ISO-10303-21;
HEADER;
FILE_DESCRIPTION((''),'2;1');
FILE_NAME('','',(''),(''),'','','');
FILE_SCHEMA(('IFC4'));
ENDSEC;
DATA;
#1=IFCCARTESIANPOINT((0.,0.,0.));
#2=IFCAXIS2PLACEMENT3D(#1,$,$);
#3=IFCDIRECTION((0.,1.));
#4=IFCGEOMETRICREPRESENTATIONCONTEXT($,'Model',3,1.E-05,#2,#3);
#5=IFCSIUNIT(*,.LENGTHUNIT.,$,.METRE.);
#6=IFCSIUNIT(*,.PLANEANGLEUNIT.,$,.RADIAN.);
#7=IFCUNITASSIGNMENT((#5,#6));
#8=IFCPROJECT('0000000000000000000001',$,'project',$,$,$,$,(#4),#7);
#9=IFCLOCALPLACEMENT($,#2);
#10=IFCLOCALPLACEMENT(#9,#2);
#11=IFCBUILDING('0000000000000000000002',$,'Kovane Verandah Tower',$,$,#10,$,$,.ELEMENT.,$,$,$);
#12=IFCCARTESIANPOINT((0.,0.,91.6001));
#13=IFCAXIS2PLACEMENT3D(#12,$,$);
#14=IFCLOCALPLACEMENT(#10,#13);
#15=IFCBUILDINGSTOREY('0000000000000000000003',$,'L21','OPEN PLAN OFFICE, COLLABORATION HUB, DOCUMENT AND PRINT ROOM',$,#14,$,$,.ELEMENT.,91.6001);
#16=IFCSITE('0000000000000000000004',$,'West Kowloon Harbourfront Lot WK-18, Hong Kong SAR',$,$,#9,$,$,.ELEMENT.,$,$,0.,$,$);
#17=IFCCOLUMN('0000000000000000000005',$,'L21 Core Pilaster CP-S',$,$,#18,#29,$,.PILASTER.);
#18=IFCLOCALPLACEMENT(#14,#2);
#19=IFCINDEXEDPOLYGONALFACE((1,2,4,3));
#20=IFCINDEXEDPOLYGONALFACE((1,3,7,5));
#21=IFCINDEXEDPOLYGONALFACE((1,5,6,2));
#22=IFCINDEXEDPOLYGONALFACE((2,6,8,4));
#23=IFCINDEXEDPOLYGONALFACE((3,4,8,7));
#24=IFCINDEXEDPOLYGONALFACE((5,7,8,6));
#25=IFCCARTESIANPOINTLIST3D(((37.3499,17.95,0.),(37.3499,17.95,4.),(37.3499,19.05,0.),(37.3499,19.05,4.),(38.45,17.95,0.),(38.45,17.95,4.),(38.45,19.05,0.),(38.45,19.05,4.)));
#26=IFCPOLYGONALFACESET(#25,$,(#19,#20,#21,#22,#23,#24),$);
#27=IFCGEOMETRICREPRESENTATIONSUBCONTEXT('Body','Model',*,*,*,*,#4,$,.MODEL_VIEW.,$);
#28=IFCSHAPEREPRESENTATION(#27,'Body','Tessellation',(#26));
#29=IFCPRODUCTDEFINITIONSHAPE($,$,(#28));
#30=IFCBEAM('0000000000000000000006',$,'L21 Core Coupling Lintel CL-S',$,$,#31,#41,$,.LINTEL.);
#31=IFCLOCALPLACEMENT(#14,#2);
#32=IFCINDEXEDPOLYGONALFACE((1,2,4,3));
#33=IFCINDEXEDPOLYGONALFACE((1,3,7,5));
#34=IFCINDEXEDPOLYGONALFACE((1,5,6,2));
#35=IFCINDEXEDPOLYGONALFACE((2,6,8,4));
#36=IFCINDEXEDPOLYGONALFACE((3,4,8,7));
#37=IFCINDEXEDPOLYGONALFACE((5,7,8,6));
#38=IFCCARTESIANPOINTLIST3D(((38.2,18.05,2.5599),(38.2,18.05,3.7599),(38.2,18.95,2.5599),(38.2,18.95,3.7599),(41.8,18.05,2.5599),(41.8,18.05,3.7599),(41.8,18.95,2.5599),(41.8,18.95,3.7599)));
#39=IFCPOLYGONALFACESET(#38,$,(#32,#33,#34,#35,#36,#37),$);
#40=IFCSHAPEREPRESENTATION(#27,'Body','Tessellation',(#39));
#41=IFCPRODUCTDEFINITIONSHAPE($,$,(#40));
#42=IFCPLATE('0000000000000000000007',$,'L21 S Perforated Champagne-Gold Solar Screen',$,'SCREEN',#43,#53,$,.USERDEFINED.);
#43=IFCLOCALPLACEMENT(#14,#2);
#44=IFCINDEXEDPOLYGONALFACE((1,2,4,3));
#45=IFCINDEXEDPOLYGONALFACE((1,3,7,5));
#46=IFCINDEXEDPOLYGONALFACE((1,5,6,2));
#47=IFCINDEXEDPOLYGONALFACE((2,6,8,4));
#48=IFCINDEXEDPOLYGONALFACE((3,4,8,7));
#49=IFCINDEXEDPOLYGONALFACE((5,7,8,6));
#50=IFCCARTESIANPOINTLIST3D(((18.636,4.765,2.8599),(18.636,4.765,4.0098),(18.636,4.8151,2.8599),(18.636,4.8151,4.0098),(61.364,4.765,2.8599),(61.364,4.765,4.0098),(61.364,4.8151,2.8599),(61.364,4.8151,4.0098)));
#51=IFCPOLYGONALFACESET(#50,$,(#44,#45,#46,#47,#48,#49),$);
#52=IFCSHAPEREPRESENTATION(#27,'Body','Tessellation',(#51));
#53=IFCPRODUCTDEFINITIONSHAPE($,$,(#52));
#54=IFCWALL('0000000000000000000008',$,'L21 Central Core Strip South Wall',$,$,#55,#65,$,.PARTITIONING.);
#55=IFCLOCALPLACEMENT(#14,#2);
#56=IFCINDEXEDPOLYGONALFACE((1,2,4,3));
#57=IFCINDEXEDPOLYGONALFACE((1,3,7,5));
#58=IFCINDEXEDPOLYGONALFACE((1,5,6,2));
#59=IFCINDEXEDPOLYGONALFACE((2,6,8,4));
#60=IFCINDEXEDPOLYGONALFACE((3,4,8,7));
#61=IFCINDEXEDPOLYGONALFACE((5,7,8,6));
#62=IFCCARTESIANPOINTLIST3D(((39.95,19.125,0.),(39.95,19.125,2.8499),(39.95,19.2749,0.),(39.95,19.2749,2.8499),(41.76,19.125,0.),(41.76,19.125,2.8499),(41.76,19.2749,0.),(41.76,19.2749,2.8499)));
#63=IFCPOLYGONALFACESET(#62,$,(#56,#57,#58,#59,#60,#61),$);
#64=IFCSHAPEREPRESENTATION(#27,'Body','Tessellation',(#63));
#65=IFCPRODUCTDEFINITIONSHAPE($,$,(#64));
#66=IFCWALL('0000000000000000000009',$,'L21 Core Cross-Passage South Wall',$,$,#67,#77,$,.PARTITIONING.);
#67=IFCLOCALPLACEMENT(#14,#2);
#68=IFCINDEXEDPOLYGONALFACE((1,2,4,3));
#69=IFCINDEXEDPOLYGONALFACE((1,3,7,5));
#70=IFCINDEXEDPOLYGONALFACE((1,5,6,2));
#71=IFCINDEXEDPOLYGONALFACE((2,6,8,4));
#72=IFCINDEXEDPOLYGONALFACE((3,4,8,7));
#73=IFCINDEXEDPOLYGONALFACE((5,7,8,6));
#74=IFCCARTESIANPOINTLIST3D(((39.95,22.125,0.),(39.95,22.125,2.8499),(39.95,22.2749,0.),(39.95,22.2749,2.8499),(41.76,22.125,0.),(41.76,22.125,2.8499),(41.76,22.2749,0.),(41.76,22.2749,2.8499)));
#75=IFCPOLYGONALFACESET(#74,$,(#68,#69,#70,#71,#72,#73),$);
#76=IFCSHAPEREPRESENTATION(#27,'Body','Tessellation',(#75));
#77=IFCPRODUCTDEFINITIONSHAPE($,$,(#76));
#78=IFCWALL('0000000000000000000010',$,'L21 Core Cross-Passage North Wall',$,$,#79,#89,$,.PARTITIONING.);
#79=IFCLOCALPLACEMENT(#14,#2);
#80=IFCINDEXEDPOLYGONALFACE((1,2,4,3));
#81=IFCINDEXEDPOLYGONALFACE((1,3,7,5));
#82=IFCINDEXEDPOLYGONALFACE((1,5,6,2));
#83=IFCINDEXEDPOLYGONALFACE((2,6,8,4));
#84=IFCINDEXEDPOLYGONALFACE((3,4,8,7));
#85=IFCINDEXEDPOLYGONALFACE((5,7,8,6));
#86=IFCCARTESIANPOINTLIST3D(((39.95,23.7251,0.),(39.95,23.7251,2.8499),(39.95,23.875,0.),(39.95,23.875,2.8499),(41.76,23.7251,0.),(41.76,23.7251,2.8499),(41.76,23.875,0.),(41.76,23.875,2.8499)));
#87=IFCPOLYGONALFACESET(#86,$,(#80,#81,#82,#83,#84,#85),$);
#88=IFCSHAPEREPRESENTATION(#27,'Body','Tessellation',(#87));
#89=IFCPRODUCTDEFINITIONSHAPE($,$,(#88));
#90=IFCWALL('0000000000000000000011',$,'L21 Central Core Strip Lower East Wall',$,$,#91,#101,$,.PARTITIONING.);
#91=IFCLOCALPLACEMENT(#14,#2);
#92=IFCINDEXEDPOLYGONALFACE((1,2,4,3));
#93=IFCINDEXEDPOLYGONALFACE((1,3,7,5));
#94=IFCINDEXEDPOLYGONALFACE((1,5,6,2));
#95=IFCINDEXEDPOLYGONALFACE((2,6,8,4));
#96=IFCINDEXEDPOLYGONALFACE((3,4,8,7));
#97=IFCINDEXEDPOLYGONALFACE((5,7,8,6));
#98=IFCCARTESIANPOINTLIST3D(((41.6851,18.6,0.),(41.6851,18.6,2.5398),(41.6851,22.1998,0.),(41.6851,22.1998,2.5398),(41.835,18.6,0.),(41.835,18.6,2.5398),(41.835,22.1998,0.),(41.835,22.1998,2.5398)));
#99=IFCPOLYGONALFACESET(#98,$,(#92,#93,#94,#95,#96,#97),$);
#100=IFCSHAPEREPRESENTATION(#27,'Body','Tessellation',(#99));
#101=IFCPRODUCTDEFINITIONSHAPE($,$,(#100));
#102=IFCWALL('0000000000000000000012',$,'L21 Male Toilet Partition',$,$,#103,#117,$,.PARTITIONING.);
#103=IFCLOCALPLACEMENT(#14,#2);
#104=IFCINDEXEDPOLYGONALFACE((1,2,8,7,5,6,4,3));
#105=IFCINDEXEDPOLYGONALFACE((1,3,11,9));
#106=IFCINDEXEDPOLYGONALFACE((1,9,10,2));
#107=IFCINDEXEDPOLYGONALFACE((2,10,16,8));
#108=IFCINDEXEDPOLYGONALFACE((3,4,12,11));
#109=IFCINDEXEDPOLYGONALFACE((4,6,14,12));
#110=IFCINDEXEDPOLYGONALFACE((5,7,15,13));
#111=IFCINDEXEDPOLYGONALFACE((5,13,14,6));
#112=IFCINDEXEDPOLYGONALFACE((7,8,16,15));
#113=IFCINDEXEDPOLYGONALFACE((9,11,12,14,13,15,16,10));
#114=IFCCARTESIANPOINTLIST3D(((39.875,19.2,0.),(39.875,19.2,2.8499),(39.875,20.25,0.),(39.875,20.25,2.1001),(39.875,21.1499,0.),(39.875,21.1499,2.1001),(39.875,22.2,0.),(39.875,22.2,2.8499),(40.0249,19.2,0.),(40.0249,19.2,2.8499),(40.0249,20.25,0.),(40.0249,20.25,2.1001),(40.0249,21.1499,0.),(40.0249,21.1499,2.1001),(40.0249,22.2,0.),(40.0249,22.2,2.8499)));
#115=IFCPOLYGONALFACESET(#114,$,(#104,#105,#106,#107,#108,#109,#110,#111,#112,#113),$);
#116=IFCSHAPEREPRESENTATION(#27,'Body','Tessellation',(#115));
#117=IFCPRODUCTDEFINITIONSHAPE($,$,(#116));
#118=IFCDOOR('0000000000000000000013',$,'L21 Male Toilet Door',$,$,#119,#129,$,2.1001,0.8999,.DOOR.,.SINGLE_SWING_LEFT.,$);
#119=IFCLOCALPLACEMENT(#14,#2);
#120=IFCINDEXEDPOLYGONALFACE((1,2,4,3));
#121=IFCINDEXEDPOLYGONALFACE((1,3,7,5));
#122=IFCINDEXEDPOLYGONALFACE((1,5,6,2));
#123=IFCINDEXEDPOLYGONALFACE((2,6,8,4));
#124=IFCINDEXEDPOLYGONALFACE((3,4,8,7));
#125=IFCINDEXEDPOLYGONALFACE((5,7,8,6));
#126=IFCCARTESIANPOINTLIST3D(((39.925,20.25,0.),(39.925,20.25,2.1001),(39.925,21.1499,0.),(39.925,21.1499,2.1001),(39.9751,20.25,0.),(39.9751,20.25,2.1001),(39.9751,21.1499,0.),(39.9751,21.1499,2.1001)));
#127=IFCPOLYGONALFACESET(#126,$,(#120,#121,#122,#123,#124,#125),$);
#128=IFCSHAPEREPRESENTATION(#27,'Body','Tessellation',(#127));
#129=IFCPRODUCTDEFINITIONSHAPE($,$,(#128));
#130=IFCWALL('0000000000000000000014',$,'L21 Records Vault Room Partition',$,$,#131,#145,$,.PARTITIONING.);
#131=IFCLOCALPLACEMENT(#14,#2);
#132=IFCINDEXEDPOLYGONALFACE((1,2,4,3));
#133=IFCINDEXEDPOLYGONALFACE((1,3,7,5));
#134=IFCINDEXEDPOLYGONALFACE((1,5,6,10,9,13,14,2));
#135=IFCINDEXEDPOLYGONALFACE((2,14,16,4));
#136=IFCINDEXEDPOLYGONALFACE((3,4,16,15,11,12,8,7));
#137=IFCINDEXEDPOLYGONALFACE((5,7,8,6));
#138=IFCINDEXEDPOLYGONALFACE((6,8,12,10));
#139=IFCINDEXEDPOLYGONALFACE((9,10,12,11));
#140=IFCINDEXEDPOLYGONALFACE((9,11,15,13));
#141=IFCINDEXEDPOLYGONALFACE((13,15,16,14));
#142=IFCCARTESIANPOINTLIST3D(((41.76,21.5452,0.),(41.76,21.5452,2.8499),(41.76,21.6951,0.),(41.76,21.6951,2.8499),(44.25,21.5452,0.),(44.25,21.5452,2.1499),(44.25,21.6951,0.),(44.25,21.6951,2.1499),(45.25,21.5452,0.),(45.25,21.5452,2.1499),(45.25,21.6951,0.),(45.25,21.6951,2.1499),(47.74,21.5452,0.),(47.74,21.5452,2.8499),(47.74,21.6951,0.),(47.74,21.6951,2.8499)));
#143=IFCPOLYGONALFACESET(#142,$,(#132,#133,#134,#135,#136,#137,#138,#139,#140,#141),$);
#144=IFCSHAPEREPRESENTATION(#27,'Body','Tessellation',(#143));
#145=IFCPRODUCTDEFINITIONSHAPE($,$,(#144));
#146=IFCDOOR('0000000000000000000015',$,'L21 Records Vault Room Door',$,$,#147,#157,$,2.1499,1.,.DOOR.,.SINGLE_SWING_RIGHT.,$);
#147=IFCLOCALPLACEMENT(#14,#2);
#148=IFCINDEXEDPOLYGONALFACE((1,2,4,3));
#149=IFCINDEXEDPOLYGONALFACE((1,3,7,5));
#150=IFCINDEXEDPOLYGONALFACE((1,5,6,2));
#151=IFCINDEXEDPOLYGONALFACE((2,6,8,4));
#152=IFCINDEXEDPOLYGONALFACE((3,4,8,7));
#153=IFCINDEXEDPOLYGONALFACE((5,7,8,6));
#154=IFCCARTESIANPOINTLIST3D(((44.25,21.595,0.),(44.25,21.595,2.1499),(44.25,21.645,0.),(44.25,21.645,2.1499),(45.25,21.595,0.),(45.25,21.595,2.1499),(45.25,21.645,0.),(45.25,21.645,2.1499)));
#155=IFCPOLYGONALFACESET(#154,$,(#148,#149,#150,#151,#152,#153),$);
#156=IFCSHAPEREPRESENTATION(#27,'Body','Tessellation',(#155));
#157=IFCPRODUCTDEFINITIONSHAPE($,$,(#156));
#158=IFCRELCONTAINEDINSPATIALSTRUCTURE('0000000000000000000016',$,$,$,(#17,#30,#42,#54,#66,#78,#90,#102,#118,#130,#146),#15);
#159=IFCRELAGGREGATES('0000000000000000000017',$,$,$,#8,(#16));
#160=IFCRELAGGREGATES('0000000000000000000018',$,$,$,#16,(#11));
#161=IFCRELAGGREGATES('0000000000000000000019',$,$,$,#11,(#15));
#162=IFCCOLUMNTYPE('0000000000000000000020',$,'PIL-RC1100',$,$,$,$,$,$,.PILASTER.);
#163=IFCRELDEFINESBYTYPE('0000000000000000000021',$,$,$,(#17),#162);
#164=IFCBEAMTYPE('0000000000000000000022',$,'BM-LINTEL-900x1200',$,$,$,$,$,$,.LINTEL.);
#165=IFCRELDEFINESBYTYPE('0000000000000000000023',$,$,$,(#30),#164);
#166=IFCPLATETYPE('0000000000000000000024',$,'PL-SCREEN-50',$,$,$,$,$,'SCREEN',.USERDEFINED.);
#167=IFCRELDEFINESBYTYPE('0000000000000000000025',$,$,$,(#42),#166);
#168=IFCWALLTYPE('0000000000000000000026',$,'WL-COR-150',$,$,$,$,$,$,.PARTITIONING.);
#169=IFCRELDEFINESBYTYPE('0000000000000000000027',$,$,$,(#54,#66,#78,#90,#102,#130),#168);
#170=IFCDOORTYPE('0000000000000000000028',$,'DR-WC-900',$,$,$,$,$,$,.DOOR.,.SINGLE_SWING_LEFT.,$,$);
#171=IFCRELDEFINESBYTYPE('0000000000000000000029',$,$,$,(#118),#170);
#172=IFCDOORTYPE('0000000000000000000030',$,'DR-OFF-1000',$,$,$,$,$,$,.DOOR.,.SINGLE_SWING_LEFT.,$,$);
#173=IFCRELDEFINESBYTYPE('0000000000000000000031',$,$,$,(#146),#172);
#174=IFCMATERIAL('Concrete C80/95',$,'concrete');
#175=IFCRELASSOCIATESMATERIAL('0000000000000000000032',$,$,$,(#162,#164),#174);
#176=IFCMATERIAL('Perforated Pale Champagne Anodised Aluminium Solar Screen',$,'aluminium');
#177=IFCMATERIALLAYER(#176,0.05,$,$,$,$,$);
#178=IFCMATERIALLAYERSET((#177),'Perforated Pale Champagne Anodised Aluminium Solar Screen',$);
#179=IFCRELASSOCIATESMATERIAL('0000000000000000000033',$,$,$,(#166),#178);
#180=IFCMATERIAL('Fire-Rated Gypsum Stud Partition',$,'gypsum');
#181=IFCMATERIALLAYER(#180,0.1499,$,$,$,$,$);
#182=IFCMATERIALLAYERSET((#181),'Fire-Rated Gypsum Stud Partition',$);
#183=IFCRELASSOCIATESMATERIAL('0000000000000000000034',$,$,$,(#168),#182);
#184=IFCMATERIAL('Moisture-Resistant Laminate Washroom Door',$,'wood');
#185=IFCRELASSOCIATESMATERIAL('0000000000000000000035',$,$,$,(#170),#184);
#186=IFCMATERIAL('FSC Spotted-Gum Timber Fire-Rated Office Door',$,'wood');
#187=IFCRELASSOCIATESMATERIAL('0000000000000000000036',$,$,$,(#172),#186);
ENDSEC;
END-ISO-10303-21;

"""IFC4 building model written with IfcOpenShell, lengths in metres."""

from ifc_helpers import new_model, si_unit, direction, frame, frame_2d, origin, origin_2d, place, context, subcontext, project, spatial, rectangle, extrude, material, layer, layer_set, material_profile, profile_set, type_object, element, fill, save


model = new_model("IFC4")

# Units and contexts
model_context = context("Model", 3, precision=1e-05, world=origin(), true_north=direction((0.0, 1.0)))
body_context = subcontext(model_context, "Body", "Model", "MODEL_VIEW")
ifc_project = project(units=[si_unit("LENGTHUNIT", "METRE"), si_unit("PLANEANGLEUNIT", "RADIAN")], contexts=[model_context])

# Site, building, storey
site_placement = place(None, origin())
site = spatial("IfcSite", under=ifc_project, at=site_placement, Name="West Kowloon Harbourfront Lot WK-18, Hong Kong SAR", CompositionType="ELEMENT", RefElevation=0.0)
building_placement = place(site_placement, origin())
building = spatial("IfcBuilding", under=site, at=building_placement, Name="Kovane Verandah Tower", CompositionType="ELEMENT")
storey_placement = place(building_placement, frame((0.0, 0.0, 91.6001)))
storey = spatial("IfcBuildingStorey", under=building, at=storey_placement, Name="L21", Description="OPEN PLAN OFFICE, COLLABORATION HUB, DOCUMENT AND PRINT ROOM", CompositionType="ELEMENT", Elevation=91.6001)

# Column
ifc_material_1 = material(Name="Concrete C80/95", Category="concrete")
ifc_material_profile_1 = material_profile(ifc_material_1, rectangle(XDim=1.1001, YDim=1.1001, at=origin_2d()), Name="RC1100x1100")
ifc_profile_set_1 = profile_set([ifc_material_profile_1], Name="Concrete C80/95")
column_type = type_object("IfcColumnType", Name="PIL-RC1100", PredefinedType="PILASTER", material=ifc_profile_set_1)
column_placement = place(storey_placement, frame((37.8999, 18.5, 0.0), z_axis=(0.0, 0.0, 1.0), x_axis=(1.0, 0.0, 0.0)))
element("IfcColumn", 1, at=column_placement, inside=storey, type_object=column_type, Name="L21 Core Pilaster CP-S", PredefinedType="PILASTER", context=body_context, shape_type="SweptSolid", body=[
    extrude(rectangle(XDim=1.1001, YDim=1.1001, at=origin_2d()), origin(), (0.0, 0.0, 1.0), 4.0),
])

# Beam
ifc_material_profile_2 = material_profile(ifc_material_1, rectangle(XDim=0.8999, YDim=1.2, at=origin_2d()), Name="RCB900x1200")
ifc_profile_set_2 = profile_set([ifc_material_profile_2], Name="Concrete C80/95")
beam_type = type_object("IfcBeamType", Name="BM-LINTEL-900x1200", PredefinedType="LINTEL", material=ifc_profile_set_2)
beam_placement = place(storey_placement, frame((38.2, 18.5, 3.1599), z_axis=(1.0, 0.0, 0.0), x_axis=(0.0, 1.0, 0.0)))
element("IfcBeam", 2, at=beam_placement, inside=storey, type_object=beam_type, Name="L21 Core Coupling Lintel CL-S", PredefinedType="LINTEL", context=body_context, shape_type="SweptSolid", body=[
    extrude(rectangle(XDim=0.8999, YDim=1.2, at=origin_2d()), origin(), (0.0, 0.0, 1.0), 3.6001),
])

# Plate
ifc_material_2 = material(Name="Perforated Pale Champagne Anodised Aluminium Solar Screen", Category="aluminium")
ifc_layer_1 = layer(ifc_material_2, 0.05)
ifc_layer_set_1 = layer_set([ifc_layer_1], Name="Perforated Pale Champagne Anodised Aluminium Solar Screen")
plate_type = type_object("IfcPlateType", Name="PL-SCREEN-50", ElementType="SCREEN", PredefinedType="USERDEFINED", material=ifc_layer_set_1)
plate_placement = place(storey_placement, frame((40.0, 4.79, 2.8599), z_axis=(0.0, 0.0, 1.0), x_axis=(1.0, 0.0, 0.0)))
element("IfcPlate", 3, at=plate_placement, inside=storey, type_object=plate_type, Name="L21 S Perforated Champagne-Gold Solar Screen", ObjectType="SCREEN", PredefinedType="USERDEFINED", context=body_context, shape_type="SweptSolid", body=[
    extrude(rectangle(XDim=42.728, YDim=0.05, at=origin_2d()), origin(), (0.0, 0.0, 1.0), 1.1499),
])

# Walls
ifc_material_3 = material(Name="Fire-Rated Gypsum Stud Partition", Category="gypsum")
ifc_layer_2 = layer(ifc_material_3, 0.1499)
ifc_layer_set_2 = layer_set([ifc_layer_2], Name="Fire-Rated Gypsum Stud Partition")
wall_type_1 = type_object("IfcWallType", Name="WL-COR-150", PredefinedType="PARTITIONING", material=ifc_layer_set_2)
for number, where, z_axis, x_axis, name in (
    (4, (39.95, 19.2, 0.0), (0.0, 0.0, 1.0), (1.0, 0.0, 0.0), "L21 Central Core Strip South Wall"),
    (5, (39.95, 22.2, 0.0), (0.0, 0.0, 1.0), (1.0, 0.0, 0.0), "L21 Core Cross-Passage South Wall"),
    (6, (39.95, 23.8, 0.0), (0.0, 0.0, 1.0), (1.0, 0.0, 0.0), "L21 Core Cross-Passage North Wall"),
):
    element("IfcWall", number, at=place(storey_placement, frame(where, z_axis=z_axis, x_axis=x_axis)), inside=storey, type_object=wall_type_1, Name=name, PredefinedType="PARTITIONING", context=body_context, shape_type="SweptSolid", body=[
        extrude(rectangle(XDim=1.8101, YDim=0.1499, at=frame_2d((0.905, 0.0))), origin(), (0.0, 0.0, 1.0), 2.8499),
    ])
wall_1_placement = place(storey_placement, frame((41.76, 18.6001, 0.0), z_axis=(0.0, 0.0, 1.0), x_axis=(0.0, 1.0, 0.0)))
element("IfcWall", 7, at=wall_1_placement, inside=storey, type_object=wall_type_1, Name="L21 Central Core Strip Lower East Wall", PredefinedType="PARTITIONING", context=body_context, shape_type="SweptSolid", body=[
    extrude(rectangle(XDim=3.5999, YDim=0.1499, at=frame_2d((1.7998, 0.0))), origin(), (0.0, 0.0, 1.0), 2.5398),
])

# Walls, openings, doors
wall_2_placement = place(storey_placement, frame((39.95, 19.2, 0.0), z_axis=(0.0, 0.0, 1.0), x_axis=(0.0, 1.0, 0.0)))
wall_2 = element("IfcWall", 8, at=wall_2_placement, inside=storey, type_object=wall_type_1, Name="L21 Male Toilet Partition", PredefinedType="PARTITIONING", context=body_context, shape_type="SweptSolid", body=[
    extrude(rectangle(XDim=3.0, YDim=0.1499, at=frame_2d((1.5, 0.0))), origin(), (0.0, 0.0, 1.0), 2.8499),
])
opening_1_placement = place(wall_2_placement, frame((1.05, 0.0, 0.0)))
opening_1 = element("IfcOpeningElement", 9, at=opening_1_placement, cuts=wall_2, PredefinedType="OPENING", context=body_context, shape_type="SweptSolid", body=[
    extrude(rectangle(XDim=0.8999, YDim=2.1001, at=frame_2d((0.45, 1.05))), frame((0.0, 0.075, 0.0), z_axis=(0.0, -1.0, 0.0), x_axis=(1.0, 0.0, 0.0)), (0.0, 0.0, 1.0), 0.1499),
])
ifc_material_4 = material(Name="Moisture-Resistant Laminate Washroom Door", Category="wood")
door_type_1 = type_object("IfcDoorType", Name="DR-WC-900", OperationType="SINGLE_SWING_LEFT", PredefinedType="DOOR", material=ifc_material_4)
door_1_placement = place(opening_1_placement, origin())
door_1 = element("IfcDoor", 10, at=door_1_placement, inside=storey, type_object=door_type_1, Name="L21 Male Toilet Door", OperationType="SINGLE_SWING_LEFT", OverallHeight=2.1001, OverallWidth=0.8999, PredefinedType="DOOR", context=body_context, shape_type="SweptSolid", body=[
    extrude(rectangle(XDim=0.8999, YDim=2.1001, at=frame_2d((0.45, 1.05))), frame((0.0, 0.0249, 0.0), z_axis=(0.0, -1.0, 0.0), x_axis=(1.0, 0.0, 0.0)), (0.0, 0.0, 1.0), 0.05),
])
fill(opening_1, door_1)
wall_3_placement = place(storey_placement, frame((41.76, 21.6201, 0.0), z_axis=(0.0, 0.0, 1.0), x_axis=(1.0, 0.0, 0.0)))
wall_3 = element("IfcWall", 11, at=wall_3_placement, inside=storey, type_object=wall_type_1, Name="L21 Records Vault Room Partition", PredefinedType="PARTITIONING", context=body_context, shape_type="SweptSolid", body=[
    extrude(rectangle(XDim=5.98, YDim=0.1499, at=frame_2d((2.99, 0.0))), origin(), (0.0, 0.0, 1.0), 2.8499),
])
opening_2_placement = place(wall_3_placement, frame((2.49, 0.0, 0.0)))
opening_2 = element("IfcOpeningElement", 12, at=opening_2_placement, cuts=wall_3, PredefinedType="OPENING", context=body_context, shape_type="SweptSolid", body=[
    extrude(rectangle(XDim=1.0, YDim=2.1499, at=frame_2d((0.5, 1.075))), frame((0.0, 0.075, 0.0), z_axis=(0.0, -1.0, 0.0), x_axis=(1.0, 0.0, 0.0)), (0.0, 0.0, 1.0), 0.1499),
])
ifc_material_5 = material(Name="FSC Spotted-Gum Timber Fire-Rated Office Door", Category="wood")
door_type_2 = type_object("IfcDoorType", Name="DR-OFF-1000", OperationType="SINGLE_SWING_LEFT", PredefinedType="DOOR", material=ifc_material_5)
door_2_placement = place(opening_2_placement, origin())
door_2 = element("IfcDoor", 13, at=door_2_placement, inside=storey, type_object=door_type_2, Name="L21 Records Vault Room Door", OperationType="SINGLE_SWING_RIGHT", OverallHeight=2.1499, OverallWidth=1.0, PredefinedType="DOOR", context=body_context, shape_type="SweptSolid", body=[
    extrude(rectangle(XDim=1.0, YDim=2.1499, at=frame_2d((0.5, 1.075))), frame((0.0, 0.0249, 0.0), z_axis=(0.0, -1.0, 0.0), x_axis=(1.0, 0.0, 0.0)), (0.0, 0.0, 1.0), 0.05),
])
fill(opening_2, door_2)

save(model, "model.ifc")
